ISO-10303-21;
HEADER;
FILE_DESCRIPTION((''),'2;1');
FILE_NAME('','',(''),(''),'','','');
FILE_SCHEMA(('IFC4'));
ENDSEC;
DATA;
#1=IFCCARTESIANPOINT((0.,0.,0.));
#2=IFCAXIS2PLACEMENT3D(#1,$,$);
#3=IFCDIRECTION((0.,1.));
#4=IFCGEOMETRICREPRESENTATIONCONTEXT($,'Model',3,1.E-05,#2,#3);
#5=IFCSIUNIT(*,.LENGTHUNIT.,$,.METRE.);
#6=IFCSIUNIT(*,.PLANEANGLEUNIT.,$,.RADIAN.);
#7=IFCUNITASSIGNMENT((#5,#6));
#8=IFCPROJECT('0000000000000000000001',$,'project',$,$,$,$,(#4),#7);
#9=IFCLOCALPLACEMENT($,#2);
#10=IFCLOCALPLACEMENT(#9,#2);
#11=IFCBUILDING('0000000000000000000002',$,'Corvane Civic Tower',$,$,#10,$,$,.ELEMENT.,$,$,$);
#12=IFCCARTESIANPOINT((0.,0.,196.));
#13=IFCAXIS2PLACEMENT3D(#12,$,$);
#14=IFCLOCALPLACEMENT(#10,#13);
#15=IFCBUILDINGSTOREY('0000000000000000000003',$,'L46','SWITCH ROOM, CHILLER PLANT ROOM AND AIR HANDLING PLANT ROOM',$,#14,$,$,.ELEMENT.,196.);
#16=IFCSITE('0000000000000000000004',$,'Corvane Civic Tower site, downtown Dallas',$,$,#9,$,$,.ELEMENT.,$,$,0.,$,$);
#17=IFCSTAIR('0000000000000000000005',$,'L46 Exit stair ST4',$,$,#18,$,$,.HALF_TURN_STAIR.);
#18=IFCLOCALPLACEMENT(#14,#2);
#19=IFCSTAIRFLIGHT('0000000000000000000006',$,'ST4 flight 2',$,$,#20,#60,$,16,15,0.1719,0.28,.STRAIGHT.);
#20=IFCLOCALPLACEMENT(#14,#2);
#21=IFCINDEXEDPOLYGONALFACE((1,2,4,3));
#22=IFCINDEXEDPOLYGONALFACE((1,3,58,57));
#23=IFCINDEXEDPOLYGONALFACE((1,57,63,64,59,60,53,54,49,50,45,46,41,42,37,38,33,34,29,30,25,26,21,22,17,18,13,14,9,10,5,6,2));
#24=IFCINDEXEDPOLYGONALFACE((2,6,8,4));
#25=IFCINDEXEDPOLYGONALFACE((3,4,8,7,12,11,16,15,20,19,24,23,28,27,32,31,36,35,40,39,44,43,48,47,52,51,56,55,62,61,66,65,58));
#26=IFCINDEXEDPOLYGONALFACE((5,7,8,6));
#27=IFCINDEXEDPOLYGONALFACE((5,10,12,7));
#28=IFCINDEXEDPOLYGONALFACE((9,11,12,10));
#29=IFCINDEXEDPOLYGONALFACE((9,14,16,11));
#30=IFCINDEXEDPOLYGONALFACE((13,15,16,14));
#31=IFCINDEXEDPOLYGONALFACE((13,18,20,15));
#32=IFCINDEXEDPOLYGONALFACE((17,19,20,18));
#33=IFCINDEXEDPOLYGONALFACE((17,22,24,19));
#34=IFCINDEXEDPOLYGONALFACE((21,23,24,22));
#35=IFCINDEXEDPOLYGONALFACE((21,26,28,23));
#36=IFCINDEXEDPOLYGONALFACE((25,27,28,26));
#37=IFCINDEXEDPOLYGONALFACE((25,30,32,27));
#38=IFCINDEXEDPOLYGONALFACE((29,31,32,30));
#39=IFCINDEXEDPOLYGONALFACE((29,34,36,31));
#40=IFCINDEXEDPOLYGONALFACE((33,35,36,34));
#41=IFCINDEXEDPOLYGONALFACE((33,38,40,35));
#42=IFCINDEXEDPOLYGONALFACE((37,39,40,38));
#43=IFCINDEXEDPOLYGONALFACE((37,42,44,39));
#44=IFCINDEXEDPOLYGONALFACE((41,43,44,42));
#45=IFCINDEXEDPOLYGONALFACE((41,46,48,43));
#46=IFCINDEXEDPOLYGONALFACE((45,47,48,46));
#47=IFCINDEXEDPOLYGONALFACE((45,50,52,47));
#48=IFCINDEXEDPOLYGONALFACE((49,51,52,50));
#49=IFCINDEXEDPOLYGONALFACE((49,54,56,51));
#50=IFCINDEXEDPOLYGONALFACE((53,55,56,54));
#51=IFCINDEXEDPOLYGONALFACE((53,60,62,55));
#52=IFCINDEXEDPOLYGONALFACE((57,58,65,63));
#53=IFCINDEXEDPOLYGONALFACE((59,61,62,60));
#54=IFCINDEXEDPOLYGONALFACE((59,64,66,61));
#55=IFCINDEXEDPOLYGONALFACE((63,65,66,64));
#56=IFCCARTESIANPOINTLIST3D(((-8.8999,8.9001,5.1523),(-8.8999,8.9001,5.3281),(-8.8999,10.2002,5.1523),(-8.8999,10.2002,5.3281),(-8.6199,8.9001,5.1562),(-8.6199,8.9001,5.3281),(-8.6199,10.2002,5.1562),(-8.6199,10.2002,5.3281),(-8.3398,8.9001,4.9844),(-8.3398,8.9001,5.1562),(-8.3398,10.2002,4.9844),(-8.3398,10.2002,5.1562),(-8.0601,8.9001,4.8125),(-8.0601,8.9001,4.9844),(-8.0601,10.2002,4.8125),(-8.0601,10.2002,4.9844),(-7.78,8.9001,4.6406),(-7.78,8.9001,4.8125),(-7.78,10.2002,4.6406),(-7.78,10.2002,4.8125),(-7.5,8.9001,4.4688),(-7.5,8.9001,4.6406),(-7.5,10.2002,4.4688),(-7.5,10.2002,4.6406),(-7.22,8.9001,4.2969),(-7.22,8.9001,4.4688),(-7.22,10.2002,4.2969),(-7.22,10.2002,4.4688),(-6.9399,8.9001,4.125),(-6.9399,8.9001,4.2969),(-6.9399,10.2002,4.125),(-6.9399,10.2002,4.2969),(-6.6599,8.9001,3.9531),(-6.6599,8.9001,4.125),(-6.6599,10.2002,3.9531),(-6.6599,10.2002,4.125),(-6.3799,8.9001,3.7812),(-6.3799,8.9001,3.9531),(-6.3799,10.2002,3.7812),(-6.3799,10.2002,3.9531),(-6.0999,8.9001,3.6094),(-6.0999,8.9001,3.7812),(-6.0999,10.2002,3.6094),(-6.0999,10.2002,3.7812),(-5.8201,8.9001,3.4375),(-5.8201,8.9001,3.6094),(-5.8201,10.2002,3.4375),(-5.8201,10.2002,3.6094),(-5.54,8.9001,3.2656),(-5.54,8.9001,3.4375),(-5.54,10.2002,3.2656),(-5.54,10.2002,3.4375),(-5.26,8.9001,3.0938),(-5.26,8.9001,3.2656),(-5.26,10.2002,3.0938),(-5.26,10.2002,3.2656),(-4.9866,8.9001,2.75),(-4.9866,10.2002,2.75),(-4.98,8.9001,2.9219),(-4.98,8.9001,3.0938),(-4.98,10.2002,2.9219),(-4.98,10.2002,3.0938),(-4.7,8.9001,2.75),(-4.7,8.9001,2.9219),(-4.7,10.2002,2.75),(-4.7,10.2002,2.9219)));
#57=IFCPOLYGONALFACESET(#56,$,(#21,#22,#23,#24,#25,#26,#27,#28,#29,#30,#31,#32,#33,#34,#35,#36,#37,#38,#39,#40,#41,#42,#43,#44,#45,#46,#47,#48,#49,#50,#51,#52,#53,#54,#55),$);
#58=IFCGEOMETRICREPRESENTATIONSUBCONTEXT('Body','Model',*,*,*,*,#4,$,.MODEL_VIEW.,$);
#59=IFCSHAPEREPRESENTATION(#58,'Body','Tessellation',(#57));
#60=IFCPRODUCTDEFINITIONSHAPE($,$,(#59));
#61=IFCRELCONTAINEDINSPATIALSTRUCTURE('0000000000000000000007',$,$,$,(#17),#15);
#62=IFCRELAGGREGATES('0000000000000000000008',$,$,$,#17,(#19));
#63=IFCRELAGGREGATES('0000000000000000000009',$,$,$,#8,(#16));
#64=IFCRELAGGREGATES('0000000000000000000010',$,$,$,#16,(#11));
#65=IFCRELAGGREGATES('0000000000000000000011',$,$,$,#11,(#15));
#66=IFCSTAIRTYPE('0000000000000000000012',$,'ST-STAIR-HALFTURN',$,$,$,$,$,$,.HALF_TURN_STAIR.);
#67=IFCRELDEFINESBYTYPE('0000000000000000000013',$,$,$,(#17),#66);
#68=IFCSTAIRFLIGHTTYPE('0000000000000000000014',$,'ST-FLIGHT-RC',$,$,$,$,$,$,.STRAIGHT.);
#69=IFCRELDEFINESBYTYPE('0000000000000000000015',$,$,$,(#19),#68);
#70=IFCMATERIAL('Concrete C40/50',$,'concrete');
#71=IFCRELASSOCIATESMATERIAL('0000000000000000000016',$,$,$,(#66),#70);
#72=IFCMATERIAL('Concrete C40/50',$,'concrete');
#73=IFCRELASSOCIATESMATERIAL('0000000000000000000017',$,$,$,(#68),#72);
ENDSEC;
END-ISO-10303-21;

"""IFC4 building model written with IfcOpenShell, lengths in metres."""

from ifc_helpers import new_model, si_unit, direction, frame, origin, place, context, subcontext, project, spatial, polyline, outline, extrude, material, type_object, element, aggregate, save


model = new_model("IFC4")

# Units and contexts
model_context = context("Model", 3, precision=1e-05, world=origin(), true_north=direction((0.0, 1.0)))
body_context = subcontext(model_context, "Body", "Model", "MODEL_VIEW")
ifc_project = project(units=[si_unit("LENGTHUNIT", "METRE"), si_unit("PLANEANGLEUNIT", "RADIAN")], contexts=[model_context])

# Site, building, storey
site_placement = place(None, origin())
site = spatial("IfcSite", under=ifc_project, at=site_placement, Name="Corvane Civic Tower site, downtown Dallas", CompositionType="ELEMENT", RefElevation=0.0)
building_placement = place(site_placement, origin())
building = spatial("IfcBuilding", under=site, at=building_placement, Name="Corvane Civic Tower", CompositionType="ELEMENT")
storey_placement = place(building_placement, frame((0.0, 0.0, 196.0)))
storey = spatial("IfcBuildingStorey", under=building, at=storey_placement, Name="L46", Description="SWITCH ROOM, CHILLER PLANT ROOM AND AIR HANDLING PLANT ROOM", CompositionType="ELEMENT", Elevation=196.0)

# Stair, stair flight
ifc_material_1 = material(Name="Concrete C40/50", Category="concrete")
stair_type = type_object("IfcStairType", Name="ST-STAIR-HALFTURN", PredefinedType="HALF_TURN_STAIR", material=ifc_material_1)
stair_placement = place(storey_placement, origin())
stair = element("IfcStair", 1, at=stair_placement, inside=storey, type_object=stair_type, Name="L46 Exit stair ST4", PredefinedType="HALF_TURN_STAIR")
ifc_material_2 = material(Name="Concrete C40/50", Category="concrete")
stair_flight_type = type_object("IfcStairFlightType", Name="ST-FLIGHT-RC", PredefinedType="STRAIGHT", material=ifc_material_2)
stair_flight_1_placement = place(storey_placement, frame((-4.7, 9.55, 2.75), z_axis=(0.0, 0.0, 1.0), x_axis=(-1.0, 0.0, 0.0)))
stair_flight_1 = element("IfcStairFlight", 2, at=stair_flight_1_placement, type_object=stair_flight_type, Name="ST4 flight 2", NumberOfRisers=16, NumberOfTreads=15, PredefinedType="STRAIGHT", RiserHeight=0.1719, TreadLength=0.28, context=body_context, shape_type="SweptSolid", body=[
    extrude(outline(polyline([(0.0, 0.0), (0.0, 0.1719), (0.28, 0.1719), (0.28, 0.3438), (0.5601, 0.3438), (0.5601, 0.5156), (0.8401, 0.5156), (0.8401, 0.6875), (1.1201, 0.6875), (1.1201, 0.8594), (1.3999, 0.8594), (1.3999, 1.0312), (1.6799, 1.0312), (1.6799, 1.2031), (1.96, 1.2031), (1.96, 1.375), (2.24, 1.375), (2.24, 1.5469), (2.52, 1.5469), (2.52, 1.7188), (2.8, 1.7188), (2.8, 1.8906), (3.0801, 1.8906), (3.0801, 2.0625), (3.3601, 2.0625), (3.3601, 2.2344), (3.6399, 2.2344), (3.6399, 2.4062), (3.9199, 2.4062), (3.9199, 2.5781), (4.2, 2.5781), (4.2, 2.75), (4.2, 2.4023), (0.2866, 0.0), (0.0, 0.0)])), frame((0.0, 0.6499, 0.0), z_axis=(0.0, -1.0, 0.0), x_axis=(1.0, 0.0, 0.0)), (0.0, 0.0, 1.0), 1.3),
])
aggregate(stair, [stair_flight_1])

save(model, "model.ifc")
